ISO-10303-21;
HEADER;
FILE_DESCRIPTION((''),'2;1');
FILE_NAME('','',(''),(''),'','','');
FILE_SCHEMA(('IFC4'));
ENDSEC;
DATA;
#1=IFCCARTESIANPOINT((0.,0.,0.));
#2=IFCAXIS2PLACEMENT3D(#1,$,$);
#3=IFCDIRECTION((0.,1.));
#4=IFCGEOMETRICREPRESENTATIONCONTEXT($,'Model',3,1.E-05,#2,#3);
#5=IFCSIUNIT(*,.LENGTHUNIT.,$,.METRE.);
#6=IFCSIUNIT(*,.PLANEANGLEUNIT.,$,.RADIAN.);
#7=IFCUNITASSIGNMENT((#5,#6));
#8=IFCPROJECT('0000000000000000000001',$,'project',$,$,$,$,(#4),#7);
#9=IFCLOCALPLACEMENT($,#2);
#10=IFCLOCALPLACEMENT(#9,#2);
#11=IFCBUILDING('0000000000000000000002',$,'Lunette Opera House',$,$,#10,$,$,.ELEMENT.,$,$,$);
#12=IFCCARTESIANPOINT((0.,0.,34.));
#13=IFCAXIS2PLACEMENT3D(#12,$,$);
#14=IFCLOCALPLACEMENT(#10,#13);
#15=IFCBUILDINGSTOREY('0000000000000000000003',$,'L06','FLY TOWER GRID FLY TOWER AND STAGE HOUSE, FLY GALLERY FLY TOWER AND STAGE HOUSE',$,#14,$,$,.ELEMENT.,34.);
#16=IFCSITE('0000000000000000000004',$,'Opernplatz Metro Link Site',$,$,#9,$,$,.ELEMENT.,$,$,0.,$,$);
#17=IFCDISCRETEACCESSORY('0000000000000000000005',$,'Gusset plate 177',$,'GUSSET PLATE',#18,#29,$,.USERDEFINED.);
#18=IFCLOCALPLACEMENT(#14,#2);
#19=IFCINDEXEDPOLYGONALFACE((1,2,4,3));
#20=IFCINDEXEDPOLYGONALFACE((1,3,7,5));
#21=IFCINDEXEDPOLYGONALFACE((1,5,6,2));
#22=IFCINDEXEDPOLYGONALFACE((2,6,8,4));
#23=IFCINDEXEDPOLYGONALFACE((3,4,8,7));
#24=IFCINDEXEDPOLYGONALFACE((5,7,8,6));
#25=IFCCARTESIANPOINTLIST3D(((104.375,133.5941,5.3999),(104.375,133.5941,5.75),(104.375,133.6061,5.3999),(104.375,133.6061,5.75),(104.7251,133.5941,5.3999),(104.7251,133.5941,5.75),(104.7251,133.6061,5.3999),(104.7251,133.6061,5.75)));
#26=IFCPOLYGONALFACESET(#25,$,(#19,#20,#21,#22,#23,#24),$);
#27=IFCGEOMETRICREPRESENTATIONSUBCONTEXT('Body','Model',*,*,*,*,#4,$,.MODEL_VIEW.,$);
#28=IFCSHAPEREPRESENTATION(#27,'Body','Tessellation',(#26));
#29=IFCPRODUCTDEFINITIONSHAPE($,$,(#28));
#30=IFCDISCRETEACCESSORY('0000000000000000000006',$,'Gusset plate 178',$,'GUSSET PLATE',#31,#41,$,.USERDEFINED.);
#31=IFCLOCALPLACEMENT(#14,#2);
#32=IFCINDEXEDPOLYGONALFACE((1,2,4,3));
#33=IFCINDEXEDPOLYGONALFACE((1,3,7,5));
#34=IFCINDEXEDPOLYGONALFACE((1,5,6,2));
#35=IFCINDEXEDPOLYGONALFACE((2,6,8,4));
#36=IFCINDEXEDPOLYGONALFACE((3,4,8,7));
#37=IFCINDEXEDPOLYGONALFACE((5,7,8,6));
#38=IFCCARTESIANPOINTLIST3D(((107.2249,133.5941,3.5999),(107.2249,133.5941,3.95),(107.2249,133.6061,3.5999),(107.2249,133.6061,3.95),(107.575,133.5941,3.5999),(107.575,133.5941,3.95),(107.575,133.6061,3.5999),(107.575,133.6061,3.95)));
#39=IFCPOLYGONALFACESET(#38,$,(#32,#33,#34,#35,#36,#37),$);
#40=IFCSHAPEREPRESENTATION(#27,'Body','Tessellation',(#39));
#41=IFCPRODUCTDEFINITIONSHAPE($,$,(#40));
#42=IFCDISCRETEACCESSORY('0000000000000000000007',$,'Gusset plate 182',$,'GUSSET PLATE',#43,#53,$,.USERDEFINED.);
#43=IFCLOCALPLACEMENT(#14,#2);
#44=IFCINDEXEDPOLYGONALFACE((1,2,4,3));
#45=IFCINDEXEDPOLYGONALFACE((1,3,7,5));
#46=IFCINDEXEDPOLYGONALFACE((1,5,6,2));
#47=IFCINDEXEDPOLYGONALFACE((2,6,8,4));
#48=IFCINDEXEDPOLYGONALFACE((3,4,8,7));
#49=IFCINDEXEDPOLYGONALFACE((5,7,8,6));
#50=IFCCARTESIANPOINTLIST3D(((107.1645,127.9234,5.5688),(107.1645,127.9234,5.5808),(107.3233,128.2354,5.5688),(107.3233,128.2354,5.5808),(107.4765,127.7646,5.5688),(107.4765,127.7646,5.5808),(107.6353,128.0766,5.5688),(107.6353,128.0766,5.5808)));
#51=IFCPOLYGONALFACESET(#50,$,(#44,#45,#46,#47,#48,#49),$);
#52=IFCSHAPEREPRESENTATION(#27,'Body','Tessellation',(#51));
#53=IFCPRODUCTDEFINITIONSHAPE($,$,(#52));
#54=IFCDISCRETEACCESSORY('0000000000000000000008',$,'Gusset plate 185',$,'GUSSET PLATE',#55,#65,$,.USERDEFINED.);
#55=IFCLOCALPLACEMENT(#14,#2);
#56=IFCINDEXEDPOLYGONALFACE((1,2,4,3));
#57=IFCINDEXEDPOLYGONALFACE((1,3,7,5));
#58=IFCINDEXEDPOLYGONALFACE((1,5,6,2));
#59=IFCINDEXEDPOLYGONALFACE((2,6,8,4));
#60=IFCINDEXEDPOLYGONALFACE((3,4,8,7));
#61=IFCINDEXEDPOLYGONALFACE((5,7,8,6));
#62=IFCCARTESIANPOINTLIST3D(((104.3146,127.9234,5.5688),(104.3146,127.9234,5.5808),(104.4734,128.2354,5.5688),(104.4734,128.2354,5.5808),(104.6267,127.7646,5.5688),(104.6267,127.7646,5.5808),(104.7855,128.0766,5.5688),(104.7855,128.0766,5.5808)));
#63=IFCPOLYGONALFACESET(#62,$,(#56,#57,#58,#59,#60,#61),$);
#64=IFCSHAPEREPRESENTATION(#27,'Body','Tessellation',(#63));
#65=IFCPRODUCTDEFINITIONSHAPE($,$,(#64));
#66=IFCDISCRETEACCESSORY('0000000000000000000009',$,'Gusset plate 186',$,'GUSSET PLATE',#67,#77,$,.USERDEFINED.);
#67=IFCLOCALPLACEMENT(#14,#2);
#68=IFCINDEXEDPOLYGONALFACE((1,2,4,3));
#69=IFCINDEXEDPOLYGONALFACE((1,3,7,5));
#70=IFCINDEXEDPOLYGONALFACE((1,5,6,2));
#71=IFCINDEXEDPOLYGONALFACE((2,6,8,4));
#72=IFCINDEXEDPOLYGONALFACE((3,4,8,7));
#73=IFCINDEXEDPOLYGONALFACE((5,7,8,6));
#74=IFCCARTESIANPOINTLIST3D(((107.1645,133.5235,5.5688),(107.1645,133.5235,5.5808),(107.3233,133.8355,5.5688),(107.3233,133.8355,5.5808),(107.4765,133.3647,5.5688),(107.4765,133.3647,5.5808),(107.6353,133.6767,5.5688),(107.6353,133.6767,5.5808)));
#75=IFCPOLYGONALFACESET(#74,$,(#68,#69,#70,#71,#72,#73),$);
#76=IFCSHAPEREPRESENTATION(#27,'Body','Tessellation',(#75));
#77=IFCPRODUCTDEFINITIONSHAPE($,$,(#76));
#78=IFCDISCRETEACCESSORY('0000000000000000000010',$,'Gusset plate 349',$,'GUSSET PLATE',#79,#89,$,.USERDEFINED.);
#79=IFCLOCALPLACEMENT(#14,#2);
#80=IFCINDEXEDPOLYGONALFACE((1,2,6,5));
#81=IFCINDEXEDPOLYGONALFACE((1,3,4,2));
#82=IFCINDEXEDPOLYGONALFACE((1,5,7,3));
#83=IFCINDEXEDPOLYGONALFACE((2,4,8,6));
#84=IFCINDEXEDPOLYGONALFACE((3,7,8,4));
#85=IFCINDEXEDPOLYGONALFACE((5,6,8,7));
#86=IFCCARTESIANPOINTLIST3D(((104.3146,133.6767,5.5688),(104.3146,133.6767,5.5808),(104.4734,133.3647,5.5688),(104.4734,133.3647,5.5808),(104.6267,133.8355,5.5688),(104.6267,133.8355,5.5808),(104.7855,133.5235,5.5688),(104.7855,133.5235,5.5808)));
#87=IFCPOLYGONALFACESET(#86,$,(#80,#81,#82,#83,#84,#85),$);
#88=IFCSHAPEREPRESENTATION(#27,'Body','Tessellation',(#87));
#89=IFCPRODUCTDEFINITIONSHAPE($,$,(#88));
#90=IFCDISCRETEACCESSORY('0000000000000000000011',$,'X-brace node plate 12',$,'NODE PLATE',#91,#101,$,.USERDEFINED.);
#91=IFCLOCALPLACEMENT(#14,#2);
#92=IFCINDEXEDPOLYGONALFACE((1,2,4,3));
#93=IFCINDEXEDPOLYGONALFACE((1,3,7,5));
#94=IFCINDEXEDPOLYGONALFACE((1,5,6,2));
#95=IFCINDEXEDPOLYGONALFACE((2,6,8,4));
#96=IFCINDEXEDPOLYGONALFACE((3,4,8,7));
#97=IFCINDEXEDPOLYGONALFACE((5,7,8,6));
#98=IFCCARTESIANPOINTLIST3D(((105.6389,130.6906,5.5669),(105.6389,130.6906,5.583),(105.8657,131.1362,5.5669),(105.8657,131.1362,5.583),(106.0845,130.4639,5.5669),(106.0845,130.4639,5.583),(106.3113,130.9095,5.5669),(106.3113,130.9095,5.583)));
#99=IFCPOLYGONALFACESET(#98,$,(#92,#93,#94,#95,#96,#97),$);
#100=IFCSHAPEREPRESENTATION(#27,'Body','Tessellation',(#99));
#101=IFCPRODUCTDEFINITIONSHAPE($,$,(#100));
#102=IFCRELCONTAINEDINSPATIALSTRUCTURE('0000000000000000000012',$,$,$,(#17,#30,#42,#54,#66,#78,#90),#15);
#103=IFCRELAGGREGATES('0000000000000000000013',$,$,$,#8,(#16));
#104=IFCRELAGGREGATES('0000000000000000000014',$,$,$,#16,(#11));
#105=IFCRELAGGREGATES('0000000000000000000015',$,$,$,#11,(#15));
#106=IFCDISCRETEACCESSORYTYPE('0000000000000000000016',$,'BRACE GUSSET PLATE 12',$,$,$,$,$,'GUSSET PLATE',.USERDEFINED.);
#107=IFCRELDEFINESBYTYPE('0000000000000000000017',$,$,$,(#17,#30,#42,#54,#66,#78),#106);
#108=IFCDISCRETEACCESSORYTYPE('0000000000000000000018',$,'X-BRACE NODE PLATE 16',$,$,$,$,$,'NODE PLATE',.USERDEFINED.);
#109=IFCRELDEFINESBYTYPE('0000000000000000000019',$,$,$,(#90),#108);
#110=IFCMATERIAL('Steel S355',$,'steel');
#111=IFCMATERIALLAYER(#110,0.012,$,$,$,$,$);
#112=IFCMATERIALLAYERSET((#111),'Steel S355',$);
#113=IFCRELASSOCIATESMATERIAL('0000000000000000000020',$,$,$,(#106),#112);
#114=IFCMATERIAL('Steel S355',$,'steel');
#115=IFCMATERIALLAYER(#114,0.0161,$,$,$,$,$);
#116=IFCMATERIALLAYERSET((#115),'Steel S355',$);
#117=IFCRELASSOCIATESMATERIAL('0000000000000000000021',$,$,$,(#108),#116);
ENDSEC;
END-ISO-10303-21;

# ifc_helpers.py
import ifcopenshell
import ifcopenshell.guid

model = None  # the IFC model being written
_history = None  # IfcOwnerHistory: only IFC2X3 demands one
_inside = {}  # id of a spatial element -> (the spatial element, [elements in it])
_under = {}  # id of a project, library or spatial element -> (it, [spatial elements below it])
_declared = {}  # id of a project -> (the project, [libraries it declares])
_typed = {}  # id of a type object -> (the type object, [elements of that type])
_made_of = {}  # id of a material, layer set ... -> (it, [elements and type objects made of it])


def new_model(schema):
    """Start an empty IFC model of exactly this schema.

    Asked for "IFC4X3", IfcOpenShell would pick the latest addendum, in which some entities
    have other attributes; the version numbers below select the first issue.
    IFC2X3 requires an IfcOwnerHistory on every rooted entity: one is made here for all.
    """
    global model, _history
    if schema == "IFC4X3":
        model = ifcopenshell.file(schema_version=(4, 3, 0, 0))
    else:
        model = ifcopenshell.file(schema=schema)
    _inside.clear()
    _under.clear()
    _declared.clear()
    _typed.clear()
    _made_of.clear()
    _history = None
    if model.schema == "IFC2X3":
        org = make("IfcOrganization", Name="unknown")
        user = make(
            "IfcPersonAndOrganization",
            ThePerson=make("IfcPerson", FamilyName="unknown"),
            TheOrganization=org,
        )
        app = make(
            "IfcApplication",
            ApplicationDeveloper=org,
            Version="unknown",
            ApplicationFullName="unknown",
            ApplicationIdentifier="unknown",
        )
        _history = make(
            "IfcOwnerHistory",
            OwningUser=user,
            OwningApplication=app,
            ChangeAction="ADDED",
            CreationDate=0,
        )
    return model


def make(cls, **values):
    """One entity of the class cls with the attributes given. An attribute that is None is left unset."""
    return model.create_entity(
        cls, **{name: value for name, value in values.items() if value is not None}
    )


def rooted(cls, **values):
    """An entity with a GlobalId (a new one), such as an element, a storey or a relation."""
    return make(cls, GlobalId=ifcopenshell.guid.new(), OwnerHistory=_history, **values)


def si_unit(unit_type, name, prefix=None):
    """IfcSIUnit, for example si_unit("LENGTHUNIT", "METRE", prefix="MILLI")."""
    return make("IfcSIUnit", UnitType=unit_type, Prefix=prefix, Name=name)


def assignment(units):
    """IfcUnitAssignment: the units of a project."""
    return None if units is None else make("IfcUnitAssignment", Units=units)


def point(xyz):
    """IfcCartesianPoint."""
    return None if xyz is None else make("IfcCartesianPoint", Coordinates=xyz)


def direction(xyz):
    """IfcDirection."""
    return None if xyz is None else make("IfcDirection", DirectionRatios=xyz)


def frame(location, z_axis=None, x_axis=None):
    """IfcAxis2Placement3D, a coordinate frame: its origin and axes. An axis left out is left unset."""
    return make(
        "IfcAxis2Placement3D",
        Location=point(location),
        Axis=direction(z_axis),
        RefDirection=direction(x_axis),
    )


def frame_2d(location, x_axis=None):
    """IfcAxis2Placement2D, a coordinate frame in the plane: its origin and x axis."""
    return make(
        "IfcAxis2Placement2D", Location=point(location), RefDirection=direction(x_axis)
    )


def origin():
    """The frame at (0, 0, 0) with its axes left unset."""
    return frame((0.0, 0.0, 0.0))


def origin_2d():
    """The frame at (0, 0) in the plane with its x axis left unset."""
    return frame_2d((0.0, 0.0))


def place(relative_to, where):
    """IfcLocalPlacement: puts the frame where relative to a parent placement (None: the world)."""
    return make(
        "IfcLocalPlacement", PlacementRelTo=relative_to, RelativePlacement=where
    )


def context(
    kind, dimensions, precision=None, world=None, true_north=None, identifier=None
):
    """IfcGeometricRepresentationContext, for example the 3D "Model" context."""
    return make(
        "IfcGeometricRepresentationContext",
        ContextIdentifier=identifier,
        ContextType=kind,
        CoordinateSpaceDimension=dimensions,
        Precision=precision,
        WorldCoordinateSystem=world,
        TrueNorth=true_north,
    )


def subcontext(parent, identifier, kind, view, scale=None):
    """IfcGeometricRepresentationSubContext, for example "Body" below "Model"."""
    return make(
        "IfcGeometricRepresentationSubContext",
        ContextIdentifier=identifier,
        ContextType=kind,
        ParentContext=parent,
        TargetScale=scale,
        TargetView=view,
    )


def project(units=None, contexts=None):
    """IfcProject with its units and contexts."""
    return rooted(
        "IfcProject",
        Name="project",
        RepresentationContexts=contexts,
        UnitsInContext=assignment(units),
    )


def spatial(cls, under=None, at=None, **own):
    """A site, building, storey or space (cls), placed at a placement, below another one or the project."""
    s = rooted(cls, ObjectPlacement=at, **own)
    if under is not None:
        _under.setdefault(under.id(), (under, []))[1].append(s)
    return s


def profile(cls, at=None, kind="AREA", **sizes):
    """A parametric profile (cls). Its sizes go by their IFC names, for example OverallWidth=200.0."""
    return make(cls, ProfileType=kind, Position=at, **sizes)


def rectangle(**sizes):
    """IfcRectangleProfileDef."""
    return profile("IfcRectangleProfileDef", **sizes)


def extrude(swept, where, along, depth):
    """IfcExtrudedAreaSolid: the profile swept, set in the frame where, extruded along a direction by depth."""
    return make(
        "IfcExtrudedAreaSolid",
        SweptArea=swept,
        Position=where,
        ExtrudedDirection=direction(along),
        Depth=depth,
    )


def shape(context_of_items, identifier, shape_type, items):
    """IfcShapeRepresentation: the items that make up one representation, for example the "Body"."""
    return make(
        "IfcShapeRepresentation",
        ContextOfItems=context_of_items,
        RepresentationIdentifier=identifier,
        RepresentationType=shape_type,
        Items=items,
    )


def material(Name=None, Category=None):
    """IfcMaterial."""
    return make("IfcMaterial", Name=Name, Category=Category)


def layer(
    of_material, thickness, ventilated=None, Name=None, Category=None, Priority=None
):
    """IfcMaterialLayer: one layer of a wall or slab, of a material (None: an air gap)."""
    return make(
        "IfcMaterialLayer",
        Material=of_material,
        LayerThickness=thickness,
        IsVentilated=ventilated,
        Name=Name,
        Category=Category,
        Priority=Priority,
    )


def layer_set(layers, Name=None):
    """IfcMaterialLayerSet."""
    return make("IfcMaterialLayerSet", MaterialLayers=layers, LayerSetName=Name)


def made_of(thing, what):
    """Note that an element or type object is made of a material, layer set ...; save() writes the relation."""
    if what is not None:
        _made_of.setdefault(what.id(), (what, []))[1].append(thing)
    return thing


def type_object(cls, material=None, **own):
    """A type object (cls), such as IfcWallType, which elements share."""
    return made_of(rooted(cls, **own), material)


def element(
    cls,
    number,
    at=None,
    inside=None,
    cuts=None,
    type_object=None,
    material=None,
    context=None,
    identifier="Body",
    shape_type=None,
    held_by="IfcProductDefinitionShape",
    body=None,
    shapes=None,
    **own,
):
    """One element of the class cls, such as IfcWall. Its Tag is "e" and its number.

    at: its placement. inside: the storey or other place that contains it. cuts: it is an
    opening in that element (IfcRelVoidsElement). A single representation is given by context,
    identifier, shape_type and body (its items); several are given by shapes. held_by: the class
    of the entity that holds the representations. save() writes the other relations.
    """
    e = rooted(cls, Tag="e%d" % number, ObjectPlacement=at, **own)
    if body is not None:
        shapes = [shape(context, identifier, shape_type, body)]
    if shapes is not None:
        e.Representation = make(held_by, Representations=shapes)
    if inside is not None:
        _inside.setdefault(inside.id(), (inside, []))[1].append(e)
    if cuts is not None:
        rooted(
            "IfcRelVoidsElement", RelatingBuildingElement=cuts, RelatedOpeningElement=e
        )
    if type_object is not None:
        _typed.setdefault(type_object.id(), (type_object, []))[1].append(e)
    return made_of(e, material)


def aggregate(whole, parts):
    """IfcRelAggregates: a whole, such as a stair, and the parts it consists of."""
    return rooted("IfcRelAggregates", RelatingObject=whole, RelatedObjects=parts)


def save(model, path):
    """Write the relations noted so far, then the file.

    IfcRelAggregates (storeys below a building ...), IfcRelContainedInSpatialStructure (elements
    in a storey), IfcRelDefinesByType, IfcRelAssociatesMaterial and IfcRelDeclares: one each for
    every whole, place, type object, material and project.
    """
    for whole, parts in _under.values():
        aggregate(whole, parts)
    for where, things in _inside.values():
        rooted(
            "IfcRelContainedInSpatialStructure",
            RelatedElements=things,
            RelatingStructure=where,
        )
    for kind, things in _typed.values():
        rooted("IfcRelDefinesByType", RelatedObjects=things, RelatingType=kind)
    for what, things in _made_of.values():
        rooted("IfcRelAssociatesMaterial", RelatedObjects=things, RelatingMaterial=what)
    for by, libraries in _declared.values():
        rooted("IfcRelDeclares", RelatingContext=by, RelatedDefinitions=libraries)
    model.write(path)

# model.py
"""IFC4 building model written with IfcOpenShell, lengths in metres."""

from ifc_helpers import new_model, si_unit, direction, frame, origin, origin_2d, place, context, subcontext, project, spatial, rectangle, extrude, material, layer, layer_set, type_object, element, save


model = new_model("IFC4")

# Units and contexts
model_context = context("Model", 3, precision=1e-05, world=origin(), true_north=direction((0.0, 1.0)))
body_context = subcontext(model_context, "Body", "Model", "MODEL_VIEW")
ifc_project = project(units=[si_unit("LENGTHUNIT", "METRE"), si_unit("PLANEANGLEUNIT", "RADIAN")], contexts=[model_context])

# Site, building, storey
site_placement = place(None, origin())
site = spatial("IfcSite", under=ifc_project, at=site_placement, Name="Opernplatz Metro Link Site", CompositionType="ELEMENT", RefElevation=0.0)
building_placement = place(site_placement, origin())
building = spatial("IfcBuilding", under=site, at=building_placement, Name="Lunette Opera House", CompositionType="ELEMENT")
storey_placement = place(building_placement, frame((0.0, 0.0, 34.0)))
storey = spatial("IfcBuildingStorey", under=building, at=storey_placement, Name="L06", Description="FLY TOWER GRID FLY TOWER AND STAGE HOUSE, FLY GALLERY FLY TOWER AND STAGE HOUSE", CompositionType="ELEMENT", Elevation=34.0)

# Discrete accessories
ifc_material_1 = material(Name="Steel S355", Category="steel")
ifc_layer_1 = layer(ifc_material_1, 0.012)
ifc_layer_set_1 = layer_set([ifc_layer_1], Name="Steel S355")
discrete_accessory_type_1 = type_object("IfcDiscreteAccessoryType", Name="BRACE GUSSET PLATE 12", ElementType="GUSSET PLATE", PredefinedType="USERDEFINED", material=ifc_layer_set_1)
for number, where, z_axis, x_axis, name in (
    (1, (104.55, 133.6001, 5.3999), (0.0, 0.0, 1.0), (1.0, 0.0, 0.0), "Gusset plate 177"),
    (2, (107.3999, 133.6001, 3.5999), (0.0, 0.0, 1.0), (1.0, 0.0, 0.0), "Gusset plate 178"),
):
    element("IfcDiscreteAccessory", number, at=place(storey_placement, frame(where, z_axis=z_axis, x_axis=x_axis)), inside=storey, type_object=discrete_accessory_type_1, Name=name, ObjectType="GUSSET PLATE", PredefinedType="USERDEFINED", context=body_context, shape_type="SweptSolid", body=[
        extrude(rectangle(XDim=0.3501, YDim=0.012, at=origin_2d()), origin(), (0.0, 0.0, 1.0), 0.3501),
    ])
for number, where, z_axis, x_axis, name in (
    (3, (107.3999, 128.0, 5.5688), (0.0, 0.0, 1.0), (0.453567, 0.891222, 0.0), "Gusset plate 182"),
    (4, (104.55, 128.0, 5.5688), (0.0, 0.0, 1.0), (0.453567, 0.891222, 0.0), "Gusset plate 185"),
    (5, (107.3999, 133.6001, 5.5688), (0.0, 0.0, 1.0), (0.453567, 0.891222, 0.0), "Gusset plate 186"),
    (6, (104.55, 133.6001, 5.5688), (0.0, 0.0, 1.0), (-0.453567, 0.891222, 0.0), "Gusset plate 349"),
):
    element("IfcDiscreteAccessory", number, at=place(storey_placement, frame(where, z_axis=z_axis, x_axis=x_axis)), inside=storey, type_object=discrete_accessory_type_1, Name=name, ObjectType="GUSSET PLATE", PredefinedType="USERDEFINED", context=body_context, shape_type="SweptSolid", body=[
        extrude(rectangle(XDim=0.3501, YDim=0.3501, at=origin_2d()), origin(), (0.0, 0.0, 1.0), 0.012),
    ])
ifc_material_2 = material(Name="Steel S355", Category="steel")
ifc_layer_2 = layer(ifc_material_2, 0.0161)
ifc_layer_set_2 = layer_set([ifc_layer_2], Name="Steel S355")
discrete_accessory_type_2 = type_object("IfcDiscreteAccessoryType", Name="X-BRACE NODE PLATE 16", ElementType="NODE PLATE", PredefinedType="USERDEFINED", material=ifc_layer_set_2)
discrete_accessory_placement = place(storey_placement, frame((105.9751, 130.8, 5.5669), z_axis=(0.0, 0.0, 1.0), x_axis=(0.453567, 0.891222, 0.0)))
element("IfcDiscreteAccessory", 7, at=discrete_accessory_placement, inside=storey, type_object=discrete_accessory_type_2, Name="X-brace node plate 12", ObjectType="NODE PLATE", PredefinedType="USERDEFINED", context=body_context, shape_type="SweptSolid", body=[
    extrude(rectangle(XDim=0.5, YDim=0.5, at=origin_2d()), origin(), (0.0, 0.0, 1.0), 0.0161),
])

save(model, "model.ifc")
